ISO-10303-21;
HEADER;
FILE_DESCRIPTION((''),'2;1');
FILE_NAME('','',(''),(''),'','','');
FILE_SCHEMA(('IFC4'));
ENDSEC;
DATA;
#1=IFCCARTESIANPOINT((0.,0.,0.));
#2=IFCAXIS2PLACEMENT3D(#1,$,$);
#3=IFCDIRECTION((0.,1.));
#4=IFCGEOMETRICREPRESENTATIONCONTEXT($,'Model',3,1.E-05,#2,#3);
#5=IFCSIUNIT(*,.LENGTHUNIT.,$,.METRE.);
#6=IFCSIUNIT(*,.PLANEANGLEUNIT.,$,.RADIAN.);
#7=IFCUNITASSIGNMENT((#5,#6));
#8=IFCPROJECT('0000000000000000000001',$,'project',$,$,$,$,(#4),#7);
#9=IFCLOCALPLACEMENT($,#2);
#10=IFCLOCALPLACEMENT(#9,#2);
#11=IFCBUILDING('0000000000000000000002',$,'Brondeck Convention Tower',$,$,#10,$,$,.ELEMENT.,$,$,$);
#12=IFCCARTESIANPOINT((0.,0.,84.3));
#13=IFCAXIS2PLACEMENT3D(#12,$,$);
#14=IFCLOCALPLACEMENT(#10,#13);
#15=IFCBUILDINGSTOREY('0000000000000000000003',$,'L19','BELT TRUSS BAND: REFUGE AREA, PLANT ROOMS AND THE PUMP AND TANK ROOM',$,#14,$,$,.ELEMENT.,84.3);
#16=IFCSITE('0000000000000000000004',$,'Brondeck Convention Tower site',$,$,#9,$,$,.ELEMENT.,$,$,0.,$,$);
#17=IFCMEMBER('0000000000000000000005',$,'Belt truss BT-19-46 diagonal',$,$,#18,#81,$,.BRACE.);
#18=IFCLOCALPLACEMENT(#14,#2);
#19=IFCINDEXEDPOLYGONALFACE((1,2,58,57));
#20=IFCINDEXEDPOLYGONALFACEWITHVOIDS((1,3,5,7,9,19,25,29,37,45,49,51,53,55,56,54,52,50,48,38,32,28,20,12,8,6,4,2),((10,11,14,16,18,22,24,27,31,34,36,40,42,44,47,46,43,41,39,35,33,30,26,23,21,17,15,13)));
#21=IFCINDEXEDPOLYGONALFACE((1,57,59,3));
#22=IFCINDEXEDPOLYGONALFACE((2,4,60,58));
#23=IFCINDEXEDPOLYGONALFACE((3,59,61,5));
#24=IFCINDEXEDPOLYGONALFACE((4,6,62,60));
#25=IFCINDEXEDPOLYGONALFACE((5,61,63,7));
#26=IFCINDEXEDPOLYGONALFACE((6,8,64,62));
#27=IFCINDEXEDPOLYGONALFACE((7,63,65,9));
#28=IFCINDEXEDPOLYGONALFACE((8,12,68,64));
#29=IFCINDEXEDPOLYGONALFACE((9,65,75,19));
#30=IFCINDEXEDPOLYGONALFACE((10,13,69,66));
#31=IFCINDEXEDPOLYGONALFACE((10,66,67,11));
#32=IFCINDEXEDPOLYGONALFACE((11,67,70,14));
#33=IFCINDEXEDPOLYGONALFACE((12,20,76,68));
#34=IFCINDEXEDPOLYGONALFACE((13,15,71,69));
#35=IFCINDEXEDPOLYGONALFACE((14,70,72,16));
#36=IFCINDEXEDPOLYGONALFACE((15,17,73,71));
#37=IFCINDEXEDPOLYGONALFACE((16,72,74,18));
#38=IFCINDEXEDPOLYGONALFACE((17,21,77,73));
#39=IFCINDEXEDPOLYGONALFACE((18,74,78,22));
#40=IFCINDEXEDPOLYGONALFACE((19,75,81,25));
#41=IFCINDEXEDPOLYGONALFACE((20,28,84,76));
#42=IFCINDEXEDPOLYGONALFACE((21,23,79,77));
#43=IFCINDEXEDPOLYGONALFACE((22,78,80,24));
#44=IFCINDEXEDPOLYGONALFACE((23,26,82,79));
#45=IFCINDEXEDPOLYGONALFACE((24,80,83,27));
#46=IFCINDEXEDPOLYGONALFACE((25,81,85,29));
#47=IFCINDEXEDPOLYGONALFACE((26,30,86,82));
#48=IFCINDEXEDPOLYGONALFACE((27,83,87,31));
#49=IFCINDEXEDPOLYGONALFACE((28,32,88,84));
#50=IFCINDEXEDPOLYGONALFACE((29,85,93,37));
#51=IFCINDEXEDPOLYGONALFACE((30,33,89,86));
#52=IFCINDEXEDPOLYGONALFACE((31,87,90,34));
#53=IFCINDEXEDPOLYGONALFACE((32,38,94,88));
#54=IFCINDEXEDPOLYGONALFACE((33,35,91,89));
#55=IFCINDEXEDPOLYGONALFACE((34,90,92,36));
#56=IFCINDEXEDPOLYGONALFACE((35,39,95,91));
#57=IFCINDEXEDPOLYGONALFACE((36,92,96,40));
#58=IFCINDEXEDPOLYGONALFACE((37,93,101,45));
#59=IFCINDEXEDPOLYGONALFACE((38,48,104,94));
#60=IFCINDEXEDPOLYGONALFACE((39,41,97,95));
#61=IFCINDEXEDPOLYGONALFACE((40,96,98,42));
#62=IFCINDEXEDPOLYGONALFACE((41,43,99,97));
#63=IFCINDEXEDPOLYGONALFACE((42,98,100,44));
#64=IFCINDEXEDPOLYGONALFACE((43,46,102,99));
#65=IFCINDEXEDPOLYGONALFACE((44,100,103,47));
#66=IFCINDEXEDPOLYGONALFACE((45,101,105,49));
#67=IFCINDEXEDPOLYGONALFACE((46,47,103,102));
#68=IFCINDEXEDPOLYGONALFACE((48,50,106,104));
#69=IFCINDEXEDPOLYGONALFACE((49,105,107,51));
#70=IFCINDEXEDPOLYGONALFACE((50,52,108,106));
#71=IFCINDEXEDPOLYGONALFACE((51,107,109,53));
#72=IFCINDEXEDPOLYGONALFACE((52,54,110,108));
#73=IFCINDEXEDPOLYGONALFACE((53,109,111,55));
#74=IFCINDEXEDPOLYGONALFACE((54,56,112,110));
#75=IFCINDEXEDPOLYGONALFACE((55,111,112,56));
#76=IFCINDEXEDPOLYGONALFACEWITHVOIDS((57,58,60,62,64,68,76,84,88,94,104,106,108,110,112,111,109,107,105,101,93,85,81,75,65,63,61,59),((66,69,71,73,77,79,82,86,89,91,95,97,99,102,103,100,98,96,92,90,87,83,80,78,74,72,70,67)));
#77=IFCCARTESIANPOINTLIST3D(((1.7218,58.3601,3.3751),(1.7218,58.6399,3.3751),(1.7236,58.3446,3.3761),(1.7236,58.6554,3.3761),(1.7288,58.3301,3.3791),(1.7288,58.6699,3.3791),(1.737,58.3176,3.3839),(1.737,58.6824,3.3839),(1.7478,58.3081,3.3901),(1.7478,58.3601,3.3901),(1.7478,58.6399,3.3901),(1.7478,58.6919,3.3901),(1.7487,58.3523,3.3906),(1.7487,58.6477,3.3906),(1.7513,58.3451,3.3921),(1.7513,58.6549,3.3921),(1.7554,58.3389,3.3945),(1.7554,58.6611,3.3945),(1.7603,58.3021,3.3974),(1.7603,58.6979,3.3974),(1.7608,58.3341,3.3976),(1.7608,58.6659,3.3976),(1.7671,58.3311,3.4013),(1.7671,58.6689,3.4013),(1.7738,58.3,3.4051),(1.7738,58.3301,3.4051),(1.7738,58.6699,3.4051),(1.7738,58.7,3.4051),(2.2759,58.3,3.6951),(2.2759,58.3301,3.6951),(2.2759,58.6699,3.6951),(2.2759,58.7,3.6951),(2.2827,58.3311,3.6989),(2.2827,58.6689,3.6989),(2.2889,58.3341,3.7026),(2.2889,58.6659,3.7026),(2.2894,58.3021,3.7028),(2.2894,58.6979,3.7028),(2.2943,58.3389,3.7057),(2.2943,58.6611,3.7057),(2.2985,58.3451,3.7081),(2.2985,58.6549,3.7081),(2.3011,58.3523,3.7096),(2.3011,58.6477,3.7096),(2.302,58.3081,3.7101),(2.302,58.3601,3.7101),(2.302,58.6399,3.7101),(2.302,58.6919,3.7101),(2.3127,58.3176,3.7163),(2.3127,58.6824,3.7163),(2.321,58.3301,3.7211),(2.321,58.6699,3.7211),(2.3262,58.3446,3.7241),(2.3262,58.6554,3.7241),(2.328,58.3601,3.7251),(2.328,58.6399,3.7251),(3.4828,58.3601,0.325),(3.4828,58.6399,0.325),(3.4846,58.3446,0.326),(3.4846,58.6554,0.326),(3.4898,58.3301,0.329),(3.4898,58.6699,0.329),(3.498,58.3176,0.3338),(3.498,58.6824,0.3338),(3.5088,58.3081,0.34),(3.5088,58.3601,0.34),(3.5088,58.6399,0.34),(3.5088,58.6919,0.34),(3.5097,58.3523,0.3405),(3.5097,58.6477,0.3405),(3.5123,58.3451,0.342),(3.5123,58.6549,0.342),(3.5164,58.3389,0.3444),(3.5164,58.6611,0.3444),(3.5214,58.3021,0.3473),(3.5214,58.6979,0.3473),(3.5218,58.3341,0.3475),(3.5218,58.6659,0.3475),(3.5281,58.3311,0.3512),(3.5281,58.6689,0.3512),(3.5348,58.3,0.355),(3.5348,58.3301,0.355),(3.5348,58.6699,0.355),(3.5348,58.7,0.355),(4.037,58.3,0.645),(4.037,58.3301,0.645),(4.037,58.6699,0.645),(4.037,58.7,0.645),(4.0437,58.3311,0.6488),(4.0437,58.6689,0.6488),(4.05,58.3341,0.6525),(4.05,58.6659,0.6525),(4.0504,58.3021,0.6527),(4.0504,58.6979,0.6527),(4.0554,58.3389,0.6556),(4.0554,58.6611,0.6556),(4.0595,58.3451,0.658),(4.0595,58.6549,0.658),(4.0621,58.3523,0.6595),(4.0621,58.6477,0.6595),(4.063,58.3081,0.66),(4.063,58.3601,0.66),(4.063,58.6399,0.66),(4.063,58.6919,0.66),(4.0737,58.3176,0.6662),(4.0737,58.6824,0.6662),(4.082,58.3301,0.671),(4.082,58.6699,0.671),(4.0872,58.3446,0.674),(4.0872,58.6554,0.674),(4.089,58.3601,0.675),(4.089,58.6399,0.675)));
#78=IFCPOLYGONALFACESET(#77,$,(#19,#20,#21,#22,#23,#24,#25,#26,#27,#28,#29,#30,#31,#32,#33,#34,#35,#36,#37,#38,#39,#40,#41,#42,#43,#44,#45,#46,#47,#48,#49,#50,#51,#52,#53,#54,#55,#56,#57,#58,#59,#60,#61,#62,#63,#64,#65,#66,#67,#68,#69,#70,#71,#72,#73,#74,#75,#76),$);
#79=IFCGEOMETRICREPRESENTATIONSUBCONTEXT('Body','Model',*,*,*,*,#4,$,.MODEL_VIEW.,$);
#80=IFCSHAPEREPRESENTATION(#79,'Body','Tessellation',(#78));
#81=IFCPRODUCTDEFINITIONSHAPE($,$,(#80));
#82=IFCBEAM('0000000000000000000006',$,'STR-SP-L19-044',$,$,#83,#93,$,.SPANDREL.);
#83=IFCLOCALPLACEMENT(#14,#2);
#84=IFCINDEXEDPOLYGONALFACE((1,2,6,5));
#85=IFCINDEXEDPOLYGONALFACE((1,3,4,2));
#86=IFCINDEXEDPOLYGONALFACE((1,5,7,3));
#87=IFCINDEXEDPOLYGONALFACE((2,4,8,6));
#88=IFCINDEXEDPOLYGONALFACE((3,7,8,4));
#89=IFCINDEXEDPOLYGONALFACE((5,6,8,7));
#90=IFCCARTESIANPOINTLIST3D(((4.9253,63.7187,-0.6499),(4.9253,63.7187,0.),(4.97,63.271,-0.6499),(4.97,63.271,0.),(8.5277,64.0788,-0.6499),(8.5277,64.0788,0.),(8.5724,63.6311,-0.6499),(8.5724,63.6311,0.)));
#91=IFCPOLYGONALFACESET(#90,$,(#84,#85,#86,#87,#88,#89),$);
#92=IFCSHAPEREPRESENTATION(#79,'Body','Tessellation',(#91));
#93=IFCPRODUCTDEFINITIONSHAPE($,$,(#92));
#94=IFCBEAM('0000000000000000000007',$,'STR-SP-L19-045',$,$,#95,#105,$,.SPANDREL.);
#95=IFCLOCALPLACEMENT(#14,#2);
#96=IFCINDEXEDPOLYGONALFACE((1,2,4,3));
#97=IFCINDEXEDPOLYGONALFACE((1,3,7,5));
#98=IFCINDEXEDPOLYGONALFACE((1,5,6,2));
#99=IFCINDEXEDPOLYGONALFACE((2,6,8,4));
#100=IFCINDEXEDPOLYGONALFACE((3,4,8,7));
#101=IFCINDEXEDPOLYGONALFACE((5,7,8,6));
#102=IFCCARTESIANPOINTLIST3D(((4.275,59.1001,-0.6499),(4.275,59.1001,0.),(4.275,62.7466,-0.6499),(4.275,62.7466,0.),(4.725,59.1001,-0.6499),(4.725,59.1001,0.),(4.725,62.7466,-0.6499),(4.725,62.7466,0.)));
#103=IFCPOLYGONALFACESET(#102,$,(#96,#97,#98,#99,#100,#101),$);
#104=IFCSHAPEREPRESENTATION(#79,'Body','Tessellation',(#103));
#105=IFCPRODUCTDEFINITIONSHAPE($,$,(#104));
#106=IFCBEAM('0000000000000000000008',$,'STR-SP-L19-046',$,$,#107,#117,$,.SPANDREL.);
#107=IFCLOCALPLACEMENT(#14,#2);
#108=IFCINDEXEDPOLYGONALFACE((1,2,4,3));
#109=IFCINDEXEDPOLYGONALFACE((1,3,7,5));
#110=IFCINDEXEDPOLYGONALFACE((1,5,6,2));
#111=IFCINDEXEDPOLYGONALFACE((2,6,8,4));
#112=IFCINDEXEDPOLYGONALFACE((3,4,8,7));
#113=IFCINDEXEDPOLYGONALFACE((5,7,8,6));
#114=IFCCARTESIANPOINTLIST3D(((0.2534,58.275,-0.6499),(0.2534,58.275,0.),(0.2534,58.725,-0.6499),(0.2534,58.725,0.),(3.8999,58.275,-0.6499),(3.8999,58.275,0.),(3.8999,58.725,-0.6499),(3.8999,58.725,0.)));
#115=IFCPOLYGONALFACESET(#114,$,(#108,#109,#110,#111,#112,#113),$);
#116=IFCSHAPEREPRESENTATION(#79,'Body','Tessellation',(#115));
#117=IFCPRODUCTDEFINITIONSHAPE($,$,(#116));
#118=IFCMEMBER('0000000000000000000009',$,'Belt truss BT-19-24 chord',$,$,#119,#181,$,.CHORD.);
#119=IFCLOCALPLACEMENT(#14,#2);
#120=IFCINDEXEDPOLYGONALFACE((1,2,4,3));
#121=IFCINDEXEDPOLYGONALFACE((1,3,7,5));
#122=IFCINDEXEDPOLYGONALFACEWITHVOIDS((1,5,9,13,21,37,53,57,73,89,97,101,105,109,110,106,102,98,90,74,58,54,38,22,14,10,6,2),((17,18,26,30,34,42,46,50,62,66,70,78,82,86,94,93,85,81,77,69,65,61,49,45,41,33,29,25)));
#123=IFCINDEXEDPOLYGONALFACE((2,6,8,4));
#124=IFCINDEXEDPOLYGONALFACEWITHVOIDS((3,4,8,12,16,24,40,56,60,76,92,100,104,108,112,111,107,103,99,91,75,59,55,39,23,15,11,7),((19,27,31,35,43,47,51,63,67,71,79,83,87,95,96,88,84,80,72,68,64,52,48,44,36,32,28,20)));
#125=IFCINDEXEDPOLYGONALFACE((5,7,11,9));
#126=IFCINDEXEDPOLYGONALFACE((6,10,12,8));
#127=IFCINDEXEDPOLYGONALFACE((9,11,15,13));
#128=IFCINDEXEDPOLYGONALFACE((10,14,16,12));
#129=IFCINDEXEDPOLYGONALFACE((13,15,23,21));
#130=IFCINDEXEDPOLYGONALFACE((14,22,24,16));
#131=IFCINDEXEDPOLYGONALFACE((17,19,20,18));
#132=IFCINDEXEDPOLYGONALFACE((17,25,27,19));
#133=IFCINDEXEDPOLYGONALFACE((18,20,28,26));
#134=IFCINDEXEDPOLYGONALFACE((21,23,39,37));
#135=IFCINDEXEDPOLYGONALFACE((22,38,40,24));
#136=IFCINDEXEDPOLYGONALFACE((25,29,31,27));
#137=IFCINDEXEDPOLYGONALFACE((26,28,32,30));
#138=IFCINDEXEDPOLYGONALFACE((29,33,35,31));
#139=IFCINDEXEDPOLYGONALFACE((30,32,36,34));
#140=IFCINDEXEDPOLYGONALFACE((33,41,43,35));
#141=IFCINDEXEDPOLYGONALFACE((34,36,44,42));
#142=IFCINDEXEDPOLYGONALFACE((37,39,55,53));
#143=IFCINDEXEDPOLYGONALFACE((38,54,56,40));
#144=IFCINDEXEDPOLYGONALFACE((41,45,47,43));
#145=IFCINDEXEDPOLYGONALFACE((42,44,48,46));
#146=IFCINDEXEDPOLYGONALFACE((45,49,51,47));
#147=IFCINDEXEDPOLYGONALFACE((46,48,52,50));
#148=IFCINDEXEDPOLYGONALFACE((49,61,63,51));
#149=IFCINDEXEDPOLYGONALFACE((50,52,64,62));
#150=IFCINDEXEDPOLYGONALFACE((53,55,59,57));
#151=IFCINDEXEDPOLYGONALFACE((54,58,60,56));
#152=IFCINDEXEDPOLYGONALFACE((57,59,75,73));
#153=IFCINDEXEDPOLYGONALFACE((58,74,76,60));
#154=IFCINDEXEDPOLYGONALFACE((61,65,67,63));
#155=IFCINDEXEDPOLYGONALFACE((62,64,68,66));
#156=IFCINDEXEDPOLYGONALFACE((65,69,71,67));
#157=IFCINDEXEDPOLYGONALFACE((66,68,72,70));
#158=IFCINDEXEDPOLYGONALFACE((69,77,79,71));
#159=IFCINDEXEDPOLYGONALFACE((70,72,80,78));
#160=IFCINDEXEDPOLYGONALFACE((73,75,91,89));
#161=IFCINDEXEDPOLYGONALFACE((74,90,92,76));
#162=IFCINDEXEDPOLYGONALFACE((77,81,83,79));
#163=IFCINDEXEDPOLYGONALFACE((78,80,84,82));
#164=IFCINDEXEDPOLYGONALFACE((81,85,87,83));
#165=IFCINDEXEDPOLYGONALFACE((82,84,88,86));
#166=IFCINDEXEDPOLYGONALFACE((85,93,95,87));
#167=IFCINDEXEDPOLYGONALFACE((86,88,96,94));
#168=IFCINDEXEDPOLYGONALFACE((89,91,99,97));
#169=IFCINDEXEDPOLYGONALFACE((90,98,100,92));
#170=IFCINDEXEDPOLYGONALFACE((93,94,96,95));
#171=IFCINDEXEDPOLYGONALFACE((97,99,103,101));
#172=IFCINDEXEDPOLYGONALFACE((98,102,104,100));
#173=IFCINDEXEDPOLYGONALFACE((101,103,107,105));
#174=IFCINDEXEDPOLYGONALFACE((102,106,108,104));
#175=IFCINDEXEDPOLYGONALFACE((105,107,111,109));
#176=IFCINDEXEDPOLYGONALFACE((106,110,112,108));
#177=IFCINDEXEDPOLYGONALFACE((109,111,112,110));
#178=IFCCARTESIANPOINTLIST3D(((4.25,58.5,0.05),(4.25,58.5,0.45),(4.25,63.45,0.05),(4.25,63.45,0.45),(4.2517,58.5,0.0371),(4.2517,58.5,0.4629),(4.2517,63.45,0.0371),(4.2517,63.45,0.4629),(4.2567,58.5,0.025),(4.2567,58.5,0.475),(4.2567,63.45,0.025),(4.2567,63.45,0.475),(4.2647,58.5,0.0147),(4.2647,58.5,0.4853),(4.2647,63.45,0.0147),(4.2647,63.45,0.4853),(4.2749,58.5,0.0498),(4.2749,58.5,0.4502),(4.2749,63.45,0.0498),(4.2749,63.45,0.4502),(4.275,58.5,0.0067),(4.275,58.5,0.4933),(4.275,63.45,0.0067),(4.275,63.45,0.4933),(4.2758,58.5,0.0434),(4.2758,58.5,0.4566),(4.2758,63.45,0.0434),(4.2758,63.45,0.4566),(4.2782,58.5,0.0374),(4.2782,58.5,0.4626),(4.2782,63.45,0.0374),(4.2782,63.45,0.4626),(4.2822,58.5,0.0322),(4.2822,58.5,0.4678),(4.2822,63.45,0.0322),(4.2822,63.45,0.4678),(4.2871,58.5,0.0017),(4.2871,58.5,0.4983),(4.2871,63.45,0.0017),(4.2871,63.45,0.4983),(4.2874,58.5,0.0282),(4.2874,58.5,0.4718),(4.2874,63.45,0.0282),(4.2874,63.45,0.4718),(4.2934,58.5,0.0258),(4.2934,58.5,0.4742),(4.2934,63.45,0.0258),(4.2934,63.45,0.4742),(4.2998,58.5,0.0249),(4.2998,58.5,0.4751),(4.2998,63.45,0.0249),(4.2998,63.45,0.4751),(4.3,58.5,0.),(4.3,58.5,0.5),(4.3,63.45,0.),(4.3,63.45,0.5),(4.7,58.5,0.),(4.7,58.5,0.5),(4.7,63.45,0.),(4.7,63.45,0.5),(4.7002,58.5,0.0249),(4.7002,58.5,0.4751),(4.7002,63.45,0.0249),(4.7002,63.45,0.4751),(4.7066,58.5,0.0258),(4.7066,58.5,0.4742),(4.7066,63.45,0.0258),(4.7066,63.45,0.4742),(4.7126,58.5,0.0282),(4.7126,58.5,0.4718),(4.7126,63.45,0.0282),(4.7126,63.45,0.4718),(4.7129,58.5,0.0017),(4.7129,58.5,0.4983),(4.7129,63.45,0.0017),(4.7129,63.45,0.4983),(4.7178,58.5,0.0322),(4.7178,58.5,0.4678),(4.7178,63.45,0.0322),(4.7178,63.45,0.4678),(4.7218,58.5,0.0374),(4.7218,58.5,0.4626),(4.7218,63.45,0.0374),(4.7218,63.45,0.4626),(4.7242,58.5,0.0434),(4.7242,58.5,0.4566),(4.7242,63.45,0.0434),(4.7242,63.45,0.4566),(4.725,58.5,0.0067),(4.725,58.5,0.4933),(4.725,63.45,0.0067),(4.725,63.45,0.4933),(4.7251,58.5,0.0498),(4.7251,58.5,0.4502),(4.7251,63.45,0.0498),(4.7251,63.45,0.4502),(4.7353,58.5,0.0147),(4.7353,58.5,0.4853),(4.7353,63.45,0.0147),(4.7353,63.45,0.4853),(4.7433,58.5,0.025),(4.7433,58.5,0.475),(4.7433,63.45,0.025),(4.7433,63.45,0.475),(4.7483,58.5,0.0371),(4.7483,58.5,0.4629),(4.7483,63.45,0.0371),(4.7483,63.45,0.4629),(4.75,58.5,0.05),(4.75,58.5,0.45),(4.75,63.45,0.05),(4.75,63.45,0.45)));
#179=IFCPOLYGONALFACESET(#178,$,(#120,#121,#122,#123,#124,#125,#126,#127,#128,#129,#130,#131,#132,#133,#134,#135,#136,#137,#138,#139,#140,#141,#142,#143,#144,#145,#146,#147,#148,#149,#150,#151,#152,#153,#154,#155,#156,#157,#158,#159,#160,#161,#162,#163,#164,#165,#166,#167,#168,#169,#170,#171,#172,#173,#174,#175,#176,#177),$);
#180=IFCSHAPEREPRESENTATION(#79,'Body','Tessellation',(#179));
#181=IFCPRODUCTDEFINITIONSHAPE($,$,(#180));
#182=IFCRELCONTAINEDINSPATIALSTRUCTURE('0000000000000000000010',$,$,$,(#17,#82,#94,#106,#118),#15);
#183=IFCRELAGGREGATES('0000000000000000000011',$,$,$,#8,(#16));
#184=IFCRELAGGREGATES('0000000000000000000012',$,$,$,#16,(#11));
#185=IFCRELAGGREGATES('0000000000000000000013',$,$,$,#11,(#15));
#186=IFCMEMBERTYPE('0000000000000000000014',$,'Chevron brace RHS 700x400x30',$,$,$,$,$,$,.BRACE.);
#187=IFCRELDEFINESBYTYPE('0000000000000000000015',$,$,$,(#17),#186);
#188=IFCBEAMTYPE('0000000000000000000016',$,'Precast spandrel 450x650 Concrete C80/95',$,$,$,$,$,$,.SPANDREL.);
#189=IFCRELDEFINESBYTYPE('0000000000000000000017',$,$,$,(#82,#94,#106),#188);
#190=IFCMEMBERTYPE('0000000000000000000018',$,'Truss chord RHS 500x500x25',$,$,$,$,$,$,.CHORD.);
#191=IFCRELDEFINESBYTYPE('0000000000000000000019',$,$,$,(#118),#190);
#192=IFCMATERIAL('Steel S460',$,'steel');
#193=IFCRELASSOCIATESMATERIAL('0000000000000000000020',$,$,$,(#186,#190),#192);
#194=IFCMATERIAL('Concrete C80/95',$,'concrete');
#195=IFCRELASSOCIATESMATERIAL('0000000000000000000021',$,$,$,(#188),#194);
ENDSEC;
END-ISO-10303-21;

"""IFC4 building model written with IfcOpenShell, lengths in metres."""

from ifc_helpers import new_model, si_unit, direction, frame, origin, origin_2d, place, context, subcontext, project, spatial, rectangle, hollow_rectangle, extrude, material, material_profile, profile_set, type_object, element, save


model = new_model("IFC4")

# Units and contexts
model_context = context("Model", 3, precision=1e-05, world=origin(), true_north=direction((0.0, 1.0)))
body_context = subcontext(model_context, "Body", "Model", "MODEL_VIEW")
ifc_project = project(units=[si_unit("LENGTHUNIT", "METRE"), si_unit("PLANEANGLEUNIT", "RADIAN")], contexts=[model_context])

# Site, building, storey
site_placement = place(None, origin())
site = spatial("IfcSite", under=ifc_project, at=site_placement, Name="Brondeck Convention Tower site", CompositionType="ELEMENT", RefElevation=0.0)
building_placement = place(site_placement, origin())
building = spatial("IfcBuilding", under=site, at=building_placement, Name="Brondeck Convention Tower", CompositionType="ELEMENT")
storey_placement = place(building_placement, frame((0.0, 0.0, 84.3)))
storey = spatial("IfcBuildingStorey", under=building, at=storey_placement, Name="L19", Description="BELT TRUSS BAND: REFUGE AREA, PLANT ROOMS AND THE PUMP AND TANK ROOM", CompositionType="ELEMENT", Elevation=84.3)

# Shared definitions
ifc_material_1 = material(Name="Concrete C80/95", Category="concrete")

# Member
ifc_material_2 = material(Name="Steel S460", Category="steel")
ifc_material_profile_1 = material_profile(ifc_material_2, hollow_rectangle(XDim=0.3999, YDim=0.7, WallThickness=0.03, InnerFilletRadius=0.03, OuterFilletRadius=0.0601, at=origin_2d()), Name="RHS 700x400x30")
ifc_profile_set_1 = profile_set([ifc_material_profile_1], Name="Steel S460")
member_type_1 = type_object("IfcMemberType", Name="Chevron brace RHS 700x400x30", PredefinedType="BRACE", material=ifc_profile_set_1)
for number, where, z_axis, x_axis, name in (
    (1, (3.7859, 58.5, 0.5), (-0.500008, 0.0, 0.866021), (0.0, -1.0, 0.0), "Belt truss BT-19-46 diagonal"),
):
    element("IfcMember", number, at=place(storey_placement, frame(where, z_axis=z_axis, x_axis=x_axis)), inside=storey, type_object=member_type_1, Name=name, PredefinedType="BRACE", context=body_context, shape_type="SweptSolid", body=[
        extrude(hollow_rectangle(XDim=0.3999, YDim=0.7, WallThickness=0.03, InnerFilletRadius=0.03, OuterFilletRadius=0.0601, at=origin_2d()), origin(), (0.0, 0.0, 1.0), 3.522),
    ])

# Beams
ifc_material_profile_2 = material_profile(ifc_material_1, rectangle(XDim=0.45, YDim=0.6499, at=origin_2d()), Name="Precast spandrel 450x650 Concrete C80/95")
ifc_profile_set_2 = profile_set([ifc_material_profile_2], Name="Concrete C80/95")
beam_type = type_object("IfcBeamType", Name="Precast spandrel 450x650 Concrete C80/95", PredefinedType="SPANDREL", material=ifc_profile_set_2)
beam_placement = place(storey_placement, frame((8.55, 63.855, -0.325), z_axis=(-0.995041, -0.09947, 0.0), x_axis=(0.09947, -0.995041, 0.0)))
element("IfcBeam", 2, at=beam_placement, inside=storey, type_object=beam_type, Name="STR-SP-L19-044", PredefinedType="SPANDREL", context=body_context, shape_type="SweptSolid", body=[
    extrude(rectangle(XDim=0.45, YDim=0.6499, at=origin_2d()), origin(), (0.0, 0.0, 1.0), 3.6204),
])
for number, where, z_axis, x_axis, name in (
    (3, (4.5, 62.7466, -0.325), (0.0, -1.0, 0.0), (1.0, 0.0, 0.0), "STR-SP-L19-045"),
    (4, (3.8999, 58.5, -0.325), (-1.0, 0.0, 0.0), (0.0, -1.0, 0.0), "STR-SP-L19-046"),
):
    element("IfcBeam", number, at=place(storey_placement, frame(where, z_axis=z_axis, x_axis=x_axis)), inside=storey, type_object=beam_type, Name=name, PredefinedType="SPANDREL", context=body_context, shape_type="SweptSolid", body=[
        extrude(rectangle(XDim=0.45, YDim=0.6499, at=origin_2d()), origin(), (0.0, 0.0, 1.0), 3.6465),
    ])

# Member
ifc_material_profile_3 = material_profile(ifc_material_2, hollow_rectangle(XDim=0.5, YDim=0.5, WallThickness=0.0249, InnerFilletRadius=0.0249, OuterFilletRadius=0.05, at=origin_2d()), Name="RHS 500x500x25")
ifc_profile_set_3 = profile_set([ifc_material_profile_3], Name="Steel S460")
member_type_2 = type_object("IfcMemberType", Name="Truss chord RHS 500x500x25", PredefinedType="CHORD", material=ifc_profile_set_3)
for number, where, z_axis, x_axis, name in (
    (5, (4.5, 63.45, 0.25), (0.0, -1.0, 0.0), (1.0, 0.0, 0.0), "Belt truss BT-19-24 chord"),
):
    element("IfcMember", number, at=place(storey_placement, frame(where, z_axis=z_axis, x_axis=x_axis)), inside=storey, type_object=member_type_2, Name=name, PredefinedType="CHORD", context=body_context, shape_type="SweptSolid", body=[
        extrude(hollow_rectangle(XDim=0.5, YDim=0.5, WallThickness=0.0249, InnerFilletRadius=0.0249, OuterFilletRadius=0.05, at=origin_2d()), origin(), (0.0, 0.0, 1.0), 4.95),
    ])

save(model, "model.ifc")
